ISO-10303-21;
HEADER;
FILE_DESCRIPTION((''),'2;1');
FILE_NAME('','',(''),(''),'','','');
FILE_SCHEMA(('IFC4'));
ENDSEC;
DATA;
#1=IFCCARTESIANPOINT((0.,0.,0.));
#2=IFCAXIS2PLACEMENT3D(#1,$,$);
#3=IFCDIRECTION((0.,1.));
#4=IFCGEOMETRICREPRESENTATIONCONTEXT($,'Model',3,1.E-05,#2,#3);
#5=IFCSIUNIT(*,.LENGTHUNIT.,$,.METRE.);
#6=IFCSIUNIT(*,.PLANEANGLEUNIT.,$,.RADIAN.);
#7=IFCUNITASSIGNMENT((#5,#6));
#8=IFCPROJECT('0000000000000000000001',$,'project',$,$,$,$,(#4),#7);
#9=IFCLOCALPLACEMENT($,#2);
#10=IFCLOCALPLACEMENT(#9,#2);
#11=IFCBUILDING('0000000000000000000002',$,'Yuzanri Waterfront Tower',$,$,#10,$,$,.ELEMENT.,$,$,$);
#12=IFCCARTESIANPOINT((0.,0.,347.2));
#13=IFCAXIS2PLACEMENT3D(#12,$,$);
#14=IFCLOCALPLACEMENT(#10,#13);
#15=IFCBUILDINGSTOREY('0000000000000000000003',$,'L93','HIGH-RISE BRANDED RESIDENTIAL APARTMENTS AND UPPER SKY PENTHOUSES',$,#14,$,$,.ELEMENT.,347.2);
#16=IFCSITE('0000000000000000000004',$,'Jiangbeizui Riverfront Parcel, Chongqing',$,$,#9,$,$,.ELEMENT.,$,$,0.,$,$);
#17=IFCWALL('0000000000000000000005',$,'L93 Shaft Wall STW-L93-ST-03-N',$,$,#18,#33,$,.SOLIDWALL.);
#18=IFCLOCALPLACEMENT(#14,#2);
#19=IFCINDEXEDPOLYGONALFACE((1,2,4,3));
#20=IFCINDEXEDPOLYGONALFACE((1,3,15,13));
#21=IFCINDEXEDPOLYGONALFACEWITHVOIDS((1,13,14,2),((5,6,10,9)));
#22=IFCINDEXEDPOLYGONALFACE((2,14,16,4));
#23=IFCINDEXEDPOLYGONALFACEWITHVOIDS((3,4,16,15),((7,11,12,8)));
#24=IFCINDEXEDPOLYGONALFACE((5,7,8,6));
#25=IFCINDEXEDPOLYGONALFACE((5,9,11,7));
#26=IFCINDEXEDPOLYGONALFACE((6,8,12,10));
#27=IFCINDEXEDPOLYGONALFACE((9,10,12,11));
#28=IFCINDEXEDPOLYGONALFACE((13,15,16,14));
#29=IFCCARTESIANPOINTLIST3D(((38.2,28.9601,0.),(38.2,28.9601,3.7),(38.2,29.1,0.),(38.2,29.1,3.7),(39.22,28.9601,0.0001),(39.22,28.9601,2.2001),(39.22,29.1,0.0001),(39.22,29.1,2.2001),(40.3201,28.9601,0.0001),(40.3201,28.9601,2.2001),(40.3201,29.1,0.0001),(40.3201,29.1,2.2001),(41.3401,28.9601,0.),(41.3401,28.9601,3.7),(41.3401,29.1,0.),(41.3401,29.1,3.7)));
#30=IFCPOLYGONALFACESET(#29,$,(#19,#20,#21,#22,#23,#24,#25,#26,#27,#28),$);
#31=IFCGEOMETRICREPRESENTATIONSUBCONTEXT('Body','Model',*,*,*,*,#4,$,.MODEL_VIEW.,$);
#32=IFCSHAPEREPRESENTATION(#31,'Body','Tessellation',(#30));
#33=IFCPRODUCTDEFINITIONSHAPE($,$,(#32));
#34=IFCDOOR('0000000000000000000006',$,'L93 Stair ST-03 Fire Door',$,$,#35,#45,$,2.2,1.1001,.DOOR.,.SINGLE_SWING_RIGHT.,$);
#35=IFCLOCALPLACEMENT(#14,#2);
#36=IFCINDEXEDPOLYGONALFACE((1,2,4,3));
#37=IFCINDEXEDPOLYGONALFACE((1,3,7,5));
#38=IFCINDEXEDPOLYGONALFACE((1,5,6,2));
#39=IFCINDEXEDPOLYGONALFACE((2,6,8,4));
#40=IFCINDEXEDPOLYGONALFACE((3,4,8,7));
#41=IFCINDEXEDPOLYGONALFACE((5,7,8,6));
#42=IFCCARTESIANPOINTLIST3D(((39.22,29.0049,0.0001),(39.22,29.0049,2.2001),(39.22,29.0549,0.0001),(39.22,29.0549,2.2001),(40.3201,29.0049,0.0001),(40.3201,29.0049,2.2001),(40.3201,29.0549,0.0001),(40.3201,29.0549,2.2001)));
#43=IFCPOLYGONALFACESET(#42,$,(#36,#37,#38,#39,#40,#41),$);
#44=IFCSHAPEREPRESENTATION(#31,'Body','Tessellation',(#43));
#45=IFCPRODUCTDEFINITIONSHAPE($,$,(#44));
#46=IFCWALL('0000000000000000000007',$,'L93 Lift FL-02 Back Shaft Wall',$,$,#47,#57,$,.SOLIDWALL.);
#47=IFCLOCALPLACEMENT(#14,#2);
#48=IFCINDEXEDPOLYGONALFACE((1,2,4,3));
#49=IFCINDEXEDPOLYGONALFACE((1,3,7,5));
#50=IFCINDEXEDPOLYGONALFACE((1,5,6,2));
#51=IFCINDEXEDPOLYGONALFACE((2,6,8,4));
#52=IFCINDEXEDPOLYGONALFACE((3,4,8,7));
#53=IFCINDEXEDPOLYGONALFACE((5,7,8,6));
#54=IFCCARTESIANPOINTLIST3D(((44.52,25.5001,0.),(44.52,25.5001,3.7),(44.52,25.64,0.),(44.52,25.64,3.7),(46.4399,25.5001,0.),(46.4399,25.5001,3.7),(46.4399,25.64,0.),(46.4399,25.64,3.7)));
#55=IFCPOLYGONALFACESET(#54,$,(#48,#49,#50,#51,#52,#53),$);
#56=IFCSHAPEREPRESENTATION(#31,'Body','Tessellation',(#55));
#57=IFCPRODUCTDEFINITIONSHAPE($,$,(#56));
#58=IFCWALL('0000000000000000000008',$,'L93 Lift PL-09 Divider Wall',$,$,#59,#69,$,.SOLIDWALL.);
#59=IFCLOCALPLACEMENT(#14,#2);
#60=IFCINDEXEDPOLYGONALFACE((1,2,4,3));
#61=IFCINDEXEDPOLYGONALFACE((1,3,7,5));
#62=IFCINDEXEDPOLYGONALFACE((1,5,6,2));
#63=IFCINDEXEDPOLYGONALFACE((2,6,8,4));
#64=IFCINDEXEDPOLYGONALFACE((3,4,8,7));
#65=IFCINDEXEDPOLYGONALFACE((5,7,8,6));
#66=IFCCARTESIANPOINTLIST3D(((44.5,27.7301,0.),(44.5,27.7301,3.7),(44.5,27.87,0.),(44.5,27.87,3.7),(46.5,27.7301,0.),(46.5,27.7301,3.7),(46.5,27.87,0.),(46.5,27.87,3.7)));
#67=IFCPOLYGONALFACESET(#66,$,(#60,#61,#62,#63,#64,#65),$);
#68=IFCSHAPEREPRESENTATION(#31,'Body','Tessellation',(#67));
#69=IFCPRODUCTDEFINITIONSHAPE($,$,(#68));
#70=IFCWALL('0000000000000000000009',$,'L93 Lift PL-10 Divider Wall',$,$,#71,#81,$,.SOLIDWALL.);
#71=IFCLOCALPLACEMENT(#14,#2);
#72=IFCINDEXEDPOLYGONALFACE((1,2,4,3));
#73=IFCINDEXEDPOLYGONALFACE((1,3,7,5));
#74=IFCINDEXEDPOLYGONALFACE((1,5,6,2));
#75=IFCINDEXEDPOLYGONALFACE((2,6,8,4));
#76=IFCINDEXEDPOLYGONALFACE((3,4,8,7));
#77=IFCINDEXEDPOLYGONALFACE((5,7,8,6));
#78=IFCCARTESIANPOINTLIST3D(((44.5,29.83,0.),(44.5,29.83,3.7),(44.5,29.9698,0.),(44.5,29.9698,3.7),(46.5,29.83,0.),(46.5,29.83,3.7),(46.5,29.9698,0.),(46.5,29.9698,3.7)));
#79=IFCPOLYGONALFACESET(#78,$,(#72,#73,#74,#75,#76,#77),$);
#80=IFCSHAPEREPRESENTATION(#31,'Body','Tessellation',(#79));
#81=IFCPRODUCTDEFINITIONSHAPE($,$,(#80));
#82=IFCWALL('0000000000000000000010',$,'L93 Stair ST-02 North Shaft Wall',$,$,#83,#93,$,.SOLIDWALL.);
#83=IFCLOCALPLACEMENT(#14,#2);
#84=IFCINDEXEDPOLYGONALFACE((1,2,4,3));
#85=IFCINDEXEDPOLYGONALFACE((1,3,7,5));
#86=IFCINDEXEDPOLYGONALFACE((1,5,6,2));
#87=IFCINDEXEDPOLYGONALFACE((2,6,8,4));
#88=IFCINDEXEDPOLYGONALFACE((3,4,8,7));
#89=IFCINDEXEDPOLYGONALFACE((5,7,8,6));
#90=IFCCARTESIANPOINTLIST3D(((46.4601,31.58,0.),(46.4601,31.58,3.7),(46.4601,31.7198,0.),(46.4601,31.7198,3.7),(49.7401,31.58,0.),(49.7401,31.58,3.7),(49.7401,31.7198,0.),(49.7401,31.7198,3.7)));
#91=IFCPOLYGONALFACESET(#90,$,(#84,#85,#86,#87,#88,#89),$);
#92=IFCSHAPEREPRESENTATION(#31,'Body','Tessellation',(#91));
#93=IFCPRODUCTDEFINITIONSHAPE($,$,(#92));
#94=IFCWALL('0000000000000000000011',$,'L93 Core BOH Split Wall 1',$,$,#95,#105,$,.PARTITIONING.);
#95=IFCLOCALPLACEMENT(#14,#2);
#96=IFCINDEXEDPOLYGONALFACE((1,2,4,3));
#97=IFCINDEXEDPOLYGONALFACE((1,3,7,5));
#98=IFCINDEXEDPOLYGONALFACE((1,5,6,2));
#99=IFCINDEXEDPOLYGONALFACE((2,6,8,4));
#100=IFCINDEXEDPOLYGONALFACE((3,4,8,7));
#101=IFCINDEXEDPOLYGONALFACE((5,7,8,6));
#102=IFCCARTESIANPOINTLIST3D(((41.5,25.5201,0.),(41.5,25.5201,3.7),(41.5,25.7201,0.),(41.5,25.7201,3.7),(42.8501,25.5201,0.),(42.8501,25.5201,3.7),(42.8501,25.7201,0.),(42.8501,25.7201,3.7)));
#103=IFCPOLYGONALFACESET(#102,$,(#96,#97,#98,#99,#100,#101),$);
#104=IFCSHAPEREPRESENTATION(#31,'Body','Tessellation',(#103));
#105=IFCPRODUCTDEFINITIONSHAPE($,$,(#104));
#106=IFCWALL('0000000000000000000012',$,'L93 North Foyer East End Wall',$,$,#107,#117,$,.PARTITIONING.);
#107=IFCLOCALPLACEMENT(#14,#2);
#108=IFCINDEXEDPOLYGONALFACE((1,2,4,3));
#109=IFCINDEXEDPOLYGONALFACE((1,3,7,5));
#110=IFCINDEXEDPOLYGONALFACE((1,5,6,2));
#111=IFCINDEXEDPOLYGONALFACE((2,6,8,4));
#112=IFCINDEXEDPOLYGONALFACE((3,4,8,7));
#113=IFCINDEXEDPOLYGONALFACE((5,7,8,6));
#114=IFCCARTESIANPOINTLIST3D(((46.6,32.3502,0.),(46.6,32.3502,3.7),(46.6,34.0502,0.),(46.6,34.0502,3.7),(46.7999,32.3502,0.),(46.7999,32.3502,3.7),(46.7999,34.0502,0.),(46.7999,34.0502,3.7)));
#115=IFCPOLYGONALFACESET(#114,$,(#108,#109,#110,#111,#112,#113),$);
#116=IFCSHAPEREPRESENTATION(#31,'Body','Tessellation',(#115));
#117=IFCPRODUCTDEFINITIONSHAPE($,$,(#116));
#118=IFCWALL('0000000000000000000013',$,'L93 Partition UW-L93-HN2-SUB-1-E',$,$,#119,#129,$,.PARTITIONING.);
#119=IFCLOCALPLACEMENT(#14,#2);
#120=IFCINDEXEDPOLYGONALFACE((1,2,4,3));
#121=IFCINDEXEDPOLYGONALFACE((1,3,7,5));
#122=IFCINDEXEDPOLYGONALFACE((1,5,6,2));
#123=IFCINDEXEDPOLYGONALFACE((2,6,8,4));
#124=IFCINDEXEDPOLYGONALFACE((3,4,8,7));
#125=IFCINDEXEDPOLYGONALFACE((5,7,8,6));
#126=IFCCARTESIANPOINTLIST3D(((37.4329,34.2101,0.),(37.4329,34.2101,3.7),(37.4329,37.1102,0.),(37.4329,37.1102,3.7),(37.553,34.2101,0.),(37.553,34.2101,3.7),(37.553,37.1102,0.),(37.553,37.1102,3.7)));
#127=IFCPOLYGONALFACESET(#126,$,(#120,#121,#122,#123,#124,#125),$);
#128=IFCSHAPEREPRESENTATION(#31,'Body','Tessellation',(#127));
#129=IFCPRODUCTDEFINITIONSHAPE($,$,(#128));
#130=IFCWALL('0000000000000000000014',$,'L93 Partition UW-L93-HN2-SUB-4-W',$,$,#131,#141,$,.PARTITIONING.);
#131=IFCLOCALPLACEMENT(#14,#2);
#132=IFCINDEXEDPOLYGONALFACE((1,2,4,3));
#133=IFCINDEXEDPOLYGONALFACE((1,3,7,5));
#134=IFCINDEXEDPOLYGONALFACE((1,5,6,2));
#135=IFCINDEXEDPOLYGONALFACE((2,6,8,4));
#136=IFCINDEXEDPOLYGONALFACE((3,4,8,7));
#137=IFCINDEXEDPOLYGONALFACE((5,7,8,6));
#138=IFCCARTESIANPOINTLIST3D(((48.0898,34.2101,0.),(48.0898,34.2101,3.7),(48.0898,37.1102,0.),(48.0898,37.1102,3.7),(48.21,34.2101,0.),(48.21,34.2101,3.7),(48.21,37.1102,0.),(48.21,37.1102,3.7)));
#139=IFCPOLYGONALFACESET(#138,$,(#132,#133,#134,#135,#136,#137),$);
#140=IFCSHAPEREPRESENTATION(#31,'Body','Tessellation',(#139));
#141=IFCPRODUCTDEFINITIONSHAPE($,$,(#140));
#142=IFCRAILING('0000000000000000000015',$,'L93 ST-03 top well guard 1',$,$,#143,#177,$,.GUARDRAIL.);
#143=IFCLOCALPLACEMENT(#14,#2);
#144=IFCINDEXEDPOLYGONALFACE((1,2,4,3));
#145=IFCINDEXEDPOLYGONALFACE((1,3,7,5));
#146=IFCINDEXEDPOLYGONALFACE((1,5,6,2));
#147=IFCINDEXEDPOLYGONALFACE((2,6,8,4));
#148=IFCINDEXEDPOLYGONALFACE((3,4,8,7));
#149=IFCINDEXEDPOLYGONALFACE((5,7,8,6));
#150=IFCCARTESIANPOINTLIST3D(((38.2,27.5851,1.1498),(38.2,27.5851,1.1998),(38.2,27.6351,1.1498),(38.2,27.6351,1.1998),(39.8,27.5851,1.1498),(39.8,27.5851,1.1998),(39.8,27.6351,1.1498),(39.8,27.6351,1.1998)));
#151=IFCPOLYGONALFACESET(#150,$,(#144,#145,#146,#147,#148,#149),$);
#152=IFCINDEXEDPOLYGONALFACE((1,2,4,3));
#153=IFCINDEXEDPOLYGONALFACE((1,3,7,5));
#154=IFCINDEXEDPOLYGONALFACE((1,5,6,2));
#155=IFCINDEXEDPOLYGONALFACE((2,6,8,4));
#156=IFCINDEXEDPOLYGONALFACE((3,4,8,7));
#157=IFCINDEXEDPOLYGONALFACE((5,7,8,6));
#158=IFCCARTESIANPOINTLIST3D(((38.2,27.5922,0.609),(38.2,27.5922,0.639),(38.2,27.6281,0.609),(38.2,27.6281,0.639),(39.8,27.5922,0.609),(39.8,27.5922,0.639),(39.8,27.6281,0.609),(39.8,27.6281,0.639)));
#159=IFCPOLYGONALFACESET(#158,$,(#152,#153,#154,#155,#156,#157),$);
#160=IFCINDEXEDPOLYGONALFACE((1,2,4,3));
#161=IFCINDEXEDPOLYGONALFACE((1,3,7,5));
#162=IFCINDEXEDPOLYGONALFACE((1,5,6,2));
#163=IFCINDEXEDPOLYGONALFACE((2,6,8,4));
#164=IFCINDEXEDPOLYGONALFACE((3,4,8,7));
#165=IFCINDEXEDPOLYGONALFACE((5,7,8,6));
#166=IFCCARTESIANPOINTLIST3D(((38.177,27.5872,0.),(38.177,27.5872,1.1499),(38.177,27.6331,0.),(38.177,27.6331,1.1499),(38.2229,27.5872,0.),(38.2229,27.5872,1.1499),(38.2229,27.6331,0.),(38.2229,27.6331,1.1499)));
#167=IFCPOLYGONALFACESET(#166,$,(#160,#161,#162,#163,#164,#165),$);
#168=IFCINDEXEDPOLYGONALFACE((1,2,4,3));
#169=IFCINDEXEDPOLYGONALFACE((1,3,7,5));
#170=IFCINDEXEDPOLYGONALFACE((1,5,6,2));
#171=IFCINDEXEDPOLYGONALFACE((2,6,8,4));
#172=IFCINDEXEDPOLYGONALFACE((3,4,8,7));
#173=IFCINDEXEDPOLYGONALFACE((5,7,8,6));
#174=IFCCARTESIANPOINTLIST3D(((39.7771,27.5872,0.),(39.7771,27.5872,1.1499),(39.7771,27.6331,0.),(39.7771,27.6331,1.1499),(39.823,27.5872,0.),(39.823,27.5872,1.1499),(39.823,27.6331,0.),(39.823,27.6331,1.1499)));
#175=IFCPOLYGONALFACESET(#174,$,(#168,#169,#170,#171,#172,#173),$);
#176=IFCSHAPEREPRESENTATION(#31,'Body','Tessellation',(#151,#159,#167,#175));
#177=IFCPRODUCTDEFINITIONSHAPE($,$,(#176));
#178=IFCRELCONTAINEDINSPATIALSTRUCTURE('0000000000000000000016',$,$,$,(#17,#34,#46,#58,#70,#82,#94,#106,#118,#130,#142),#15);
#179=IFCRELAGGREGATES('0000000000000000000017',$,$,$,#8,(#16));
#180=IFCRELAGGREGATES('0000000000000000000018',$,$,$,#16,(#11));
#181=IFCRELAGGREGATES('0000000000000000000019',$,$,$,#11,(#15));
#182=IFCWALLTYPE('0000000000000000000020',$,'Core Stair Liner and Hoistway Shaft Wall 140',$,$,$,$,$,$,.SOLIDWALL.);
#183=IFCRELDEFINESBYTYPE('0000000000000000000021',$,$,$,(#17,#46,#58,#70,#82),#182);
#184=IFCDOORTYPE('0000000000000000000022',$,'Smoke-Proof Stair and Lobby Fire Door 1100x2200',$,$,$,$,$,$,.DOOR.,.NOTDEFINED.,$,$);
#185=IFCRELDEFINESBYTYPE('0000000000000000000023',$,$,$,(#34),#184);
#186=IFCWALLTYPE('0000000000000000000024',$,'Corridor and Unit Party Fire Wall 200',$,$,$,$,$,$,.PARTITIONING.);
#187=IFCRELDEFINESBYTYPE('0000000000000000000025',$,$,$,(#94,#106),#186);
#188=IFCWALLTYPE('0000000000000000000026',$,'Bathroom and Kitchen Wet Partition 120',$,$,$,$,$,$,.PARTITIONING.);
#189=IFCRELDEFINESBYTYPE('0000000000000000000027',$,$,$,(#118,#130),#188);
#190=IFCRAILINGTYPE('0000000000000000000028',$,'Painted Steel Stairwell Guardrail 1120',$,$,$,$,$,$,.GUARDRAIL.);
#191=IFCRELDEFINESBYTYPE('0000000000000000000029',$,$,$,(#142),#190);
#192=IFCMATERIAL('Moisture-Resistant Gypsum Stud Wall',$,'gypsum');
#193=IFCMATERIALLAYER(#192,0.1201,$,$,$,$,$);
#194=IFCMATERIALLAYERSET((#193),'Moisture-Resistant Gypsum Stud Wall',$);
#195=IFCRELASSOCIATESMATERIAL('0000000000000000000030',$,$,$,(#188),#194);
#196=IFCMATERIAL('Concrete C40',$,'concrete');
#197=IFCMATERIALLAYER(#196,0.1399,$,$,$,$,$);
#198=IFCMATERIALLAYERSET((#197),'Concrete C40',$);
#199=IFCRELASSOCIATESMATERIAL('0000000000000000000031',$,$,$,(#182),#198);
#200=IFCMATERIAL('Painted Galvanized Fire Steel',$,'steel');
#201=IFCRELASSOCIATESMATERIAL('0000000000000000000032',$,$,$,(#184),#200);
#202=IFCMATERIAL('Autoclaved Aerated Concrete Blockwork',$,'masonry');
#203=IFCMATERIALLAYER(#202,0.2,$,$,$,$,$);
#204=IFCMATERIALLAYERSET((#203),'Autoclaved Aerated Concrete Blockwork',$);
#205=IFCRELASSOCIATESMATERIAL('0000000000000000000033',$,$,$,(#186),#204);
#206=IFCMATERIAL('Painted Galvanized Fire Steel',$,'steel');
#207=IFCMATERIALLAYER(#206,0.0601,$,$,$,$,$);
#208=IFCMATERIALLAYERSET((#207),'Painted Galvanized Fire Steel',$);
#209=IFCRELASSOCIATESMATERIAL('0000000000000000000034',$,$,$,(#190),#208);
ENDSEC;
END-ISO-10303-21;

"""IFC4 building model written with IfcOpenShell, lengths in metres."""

from ifc_helpers import new_model, si_unit, direction, frame, frame_2d, origin, origin_2d, place, context, subcontext, project, spatial, rectangle, extrude, source, transform, mapped, material, layer, layer_set, type_object, element, fill, save


model = new_model("IFC4")

# Units and contexts
model_context = context("Model", 3, precision=1e-05, world=origin(), true_north=direction((0.0, 1.0)))
body_context = subcontext(model_context, "Body", "Model", "MODEL_VIEW")
ifc_project = project(units=[si_unit("LENGTHUNIT", "METRE"), si_unit("PLANEANGLEUNIT", "RADIAN")], contexts=[model_context])

# Site, building, storey
site_placement = place(None, origin())
site = spatial("IfcSite", under=ifc_project, at=site_placement, Name="Jiangbeizui Riverfront Parcel, Chongqing", CompositionType="ELEMENT", RefElevation=0.0)
building_placement = place(site_placement, origin())
building = spatial("IfcBuilding", under=site, at=building_placement, Name="Yuzanri Waterfront Tower", CompositionType="ELEMENT")
storey_placement = place(building_placement, frame((0.0, 0.0, 347.2)))
storey = spatial("IfcBuildingStorey", under=building, at=storey_placement, Name="L93", Description="HIGH-RISE BRANDED RESIDENTIAL APARTMENTS AND UPPER SKY PENTHOUSES", CompositionType="ELEMENT", Elevation=347.2)

# Wall, opening, door
ifc_material_1 = material(Name="Moisture-Resistant Gypsum Stud Wall", Category="gypsum")
ifc_layer_1 = layer(ifc_material_1, 0.1201)
ifc_layer_set_1 = layer_set([ifc_layer_1], Name="Moisture-Resistant Gypsum Stud Wall")
wall_type_1 = type_object("IfcWallType", Name="Bathroom and Kitchen Wet Partition 120", PredefinedType="PARTITIONING", material=ifc_layer_set_1)
ifc_material_2 = material(Name="Concrete C40", Category="concrete")
ifc_layer_2 = layer(ifc_material_2, 0.1399)
ifc_layer_set_2 = layer_set([ifc_layer_2], Name="Concrete C40")
wall_type_2 = type_object("IfcWallType", Name="Core Stair Liner and Hoistway Shaft Wall 140", PredefinedType="SOLIDWALL", material=ifc_layer_set_2)
wall_1_placement = place(storey_placement, frame((38.2, 29.03, 0.0), z_axis=(0.0, 0.0, 1.0), x_axis=(1.0, 0.0, 0.0)))
wall_1 = element("IfcWall", 1, at=wall_1_placement, inside=storey, type_object=wall_type_2, Name="L93 Shaft Wall STW-L93-ST-03-N", PredefinedType="SOLIDWALL", context=body_context, shape_type="SweptSolid", body=[
    extrude(rectangle(XDim=3.1401, YDim=0.1399, at=frame_2d((1.5701, 0.0))), origin(), (0.0, 0.0, 1.0), 3.7),
])
opening_1_placement = place(wall_1_placement, frame((1.02, 0.0, 0.0)))
opening_1 = element("IfcOpeningElement", 2, at=opening_1_placement, cuts=wall_1, PredefinedType="OPENING", context=body_context, shape_type="SweptSolid", body=[
    extrude(rectangle(XDim=1.1001, YDim=2.2, at=frame_2d((0.55, 1.1001))), frame((0.0, 0.085, 0.0), z_axis=(0.0, -1.0, 0.0), x_axis=(1.0, 0.0, 0.0)), (0.0, 0.0, 1.0), 0.1697),
])
ifc_material_3 = material(Name="Painted Galvanized Fire Steel", Category="steel")
door_type_1 = type_object("IfcDoorType", Name="Smoke-Proof Stair and Lobby Fire Door 1100x2200", OperationType="NOTDEFINED", PredefinedType="DOOR", material=ifc_material_3)
shared_shape_1 = source(origin(), body_context, "Body", "SweptSolid", [
    extrude(rectangle(XDim=1.1001, YDim=2.2, at=frame_2d((0.55, 1.1001))), frame((0.0, 0.0249, 0.0), z_axis=(0.0, -1.0, 0.0), x_axis=(1.0, 0.0, 0.0)), (0.0, 0.0, 1.0), 0.05),
])
door_1_placement = place(opening_1_placement, origin())
door_1 = element("IfcDoor", 3, at=door_1_placement, inside=storey, type_object=door_type_1, Name="L93 Stair ST-03 Fire Door", OperationType="SINGLE_SWING_RIGHT", OverallHeight=2.2, OverallWidth=1.1001, PredefinedType="DOOR", context=body_context, shape_type="MappedRepresentation", body=[
    mapped(shared_shape_1, transform((0.0, 0.0, 0.0), scale=1.0)),
])
fill(opening_1, door_1)
ifc_material_4 = material(Name="Autoclaved Aerated Concrete Blockwork", Category="masonry")
ifc_layer_3 = layer(ifc_material_4, 0.2)
ifc_layer_set_3 = layer_set([ifc_layer_3], Name="Autoclaved Aerated Concrete Blockwork")
wall_type_3 = type_object("IfcWallType", Name="Corridor and Unit Party Fire Wall 200", PredefinedType="PARTITIONING", material=ifc_layer_set_3)

# Walls
shared_shape_2 = source(origin(), body_context, "Body", "SweptSolid", [
    extrude(rectangle(XDim=1.9199, YDim=0.1399, at=frame_2d((0.96, 0.0))), origin(), (0.0, 0.0, 1.0), 3.7),
])
wall_2_placement = place(storey_placement, frame((44.52, 25.5701, 0.0), z_axis=(0.0, 0.0, 1.0), x_axis=(1.0, 0.0, 0.0)))
element("IfcWall", 4, at=wall_2_placement, inside=storey, type_object=wall_type_2, Name="L93 Lift FL-02 Back Shaft Wall", PredefinedType="SOLIDWALL", context=body_context, shape_type="MappedRepresentation", body=[
    mapped(shared_shape_2, transform((0.0, 0.0, 0.0), scale=1.0)),
])
shared_shape_3 = source(origin(), body_context, "Body", "SweptSolid", [
    extrude(rectangle(XDim=2.0, YDim=0.1399, at=frame_2d((1.0, 0.0))), origin(), (0.0, 0.0, 1.0), 3.7),
])
for number, where, z_axis, x_axis, name in (
    (5, (44.5, 27.8, 0.0), (0.0, 0.0, 1.0), (1.0, 0.0, 0.0), "L93 Lift PL-09 Divider Wall"),
    (6, (44.5, 29.8999, 0.0), (0.0, 0.0, 1.0), (1.0, 0.0, 0.0), "L93 Lift PL-10 Divider Wall"),
):
    element("IfcWall", number, at=place(storey_placement, frame(where, z_axis=z_axis, x_axis=x_axis)), inside=storey, type_object=wall_type_2, Name=name, PredefinedType="SOLIDWALL", context=body_context, shape_type="MappedRepresentation", body=[
        mapped(shared_shape_3, transform((0.0, 0.0, 0.0), scale=1.0)),
    ])
shared_shape_4 = source(origin(), body_context, "Body", "SweptSolid", [
    extrude(rectangle(XDim=3.28, YDim=0.1399, at=frame_2d((1.6401, 0.0))), origin(), (0.0, 0.0, 1.0), 3.7),
])
wall_3_placement = place(storey_placement, frame((46.46, 31.6499, 0.0), z_axis=(0.0, 0.0, 1.0), x_axis=(1.0, 0.0, 0.0)))
element("IfcWall", 7, at=wall_3_placement, inside=storey, type_object=wall_type_2, Name="L93 Stair ST-02 North Shaft Wall", PredefinedType="SOLIDWALL", context=body_context, shape_type="MappedRepresentation", body=[
    mapped(shared_shape_4, transform((0.0, 0.0, 0.0), scale=1.0)),
])
shared_shape_5 = source(origin(), body_context, "Body", "SweptSolid", [
    extrude(rectangle(XDim=1.3501, YDim=0.2, at=frame_2d((0.675, 0.0))), origin(), (0.0, 0.0, 1.0), 3.7),
])
wall_4_placement = place(storey_placement, frame((41.5, 25.6201, 0.0), z_axis=(0.0, 0.0, 1.0), x_axis=(1.0, 0.0, 0.0)))
element("IfcWall", 8, at=wall_4_placement, inside=storey, type_object=wall_type_3, Name="L93 Core BOH Split Wall 1", PredefinedType="PARTITIONING", context=body_context, shape_type="MappedRepresentation", body=[
    mapped(shared_shape_5, transform((0.0, 0.0, 0.0), scale=1.0)),
])
shared_shape_6 = source(origin(), body_context, "Body", "SweptSolid", [
    extrude(rectangle(XDim=1.7, YDim=0.2, at=frame_2d((0.8501, 0.0))), origin(), (0.0, 0.0, 1.0), 3.7),
])
wall_5_placement = place(storey_placement, frame((46.7, 32.3501, 0.0), z_axis=(0.0, 0.0, 1.0), x_axis=(0.0, 1.0, 0.0)))
element("IfcWall", 9, at=wall_5_placement, inside=storey, type_object=wall_type_3, Name="L93 North Foyer East End Wall", PredefinedType="PARTITIONING", context=body_context, shape_type="MappedRepresentation", body=[
    mapped(shared_shape_6, transform((0.0, 0.0, 0.0), scale=1.0)),
])
shared_shape_7 = source(origin(), body_context, "Body", "SweptSolid", [
    extrude(rectangle(XDim=2.9001, YDim=0.1201, at=frame_2d((1.4502, 0.0))), origin(), (0.0, 0.0, 1.0), 3.7),
])
for number, where, z_axis, x_axis, name in (
    (10, (37.4929, 34.21, 0.0), (0.0, 0.0, 1.0), (0.0, 1.0, 0.0), "L93 Partition UW-L93-HN2-SUB-1-E"),
    (11, (48.1499, 34.21, 0.0), (0.0, 0.0, 1.0), (0.0, 1.0, 0.0), "L93 Partition UW-L93-HN2-SUB-4-W"),
):
    element("IfcWall", number, at=place(storey_placement, frame(where, z_axis=z_axis, x_axis=x_axis)), inside=storey, type_object=wall_type_1, Name=name, PredefinedType="PARTITIONING", context=body_context, shape_type="MappedRepresentation", body=[
        mapped(shared_shape_7, transform((0.0, 0.0, 0.0), scale=1.0)),
    ])

# Railing
ifc_material_5 = material(Name="Painted Galvanized Fire Steel", Category="steel")
ifc_layer_4 = layer(ifc_material_5, 0.0601)
ifc_layer_set_4 = layer_set([ifc_layer_4], Name="Painted Galvanized Fire Steel")
railing_type = type_object("IfcRailingType", Name="Painted Steel Stairwell Guardrail 1120", PredefinedType="GUARDRAIL", material=ifc_layer_set_4)
shared_shape_8 = source(origin(), body_context, "Body", "SweptSolid", [
    extrude(rectangle(XDim=0.05, YDim=0.05, at=origin_2d()), frame((0.0, 0.0, 1.1748), z_axis=(1.0, 0.0, 0.0), x_axis=(0.0, 1.0, 0.0)), (0.0, 0.0, 1.0), 1.6001),
    extrude(rectangle(XDim=0.0359, YDim=0.03, at=origin_2d()), frame((0.0, 0.0, 0.624), z_axis=(1.0, 0.0, 0.0), x_axis=(0.0, 1.0, 0.0)), (0.0, 0.0, 1.0), 1.6001),
    extrude(rectangle(XDim=0.0459, YDim=0.0459, at=origin_2d()), origin(), (0.0, 0.0, 1.0), 1.1499),
    extrude(rectangle(XDim=0.0459, YDim=0.0459, at=origin_2d()), frame((1.6001, 0.0, 0.0)), (0.0, 0.0, 1.0), 1.1499),
])
railing_placement = place(storey_placement, frame((38.2, 27.6101, 0.0)))
element("IfcRailing", 12, at=railing_placement, inside=storey, type_object=railing_type, Name="L93 ST-03 top well guard 1", PredefinedType="GUARDRAIL", context=body_context, shape_type="MappedRepresentation", body=[
    mapped(shared_shape_8, transform((0.0, 0.0, 0.0), scale=1.0)),
])

save(model, "model.ifc")
